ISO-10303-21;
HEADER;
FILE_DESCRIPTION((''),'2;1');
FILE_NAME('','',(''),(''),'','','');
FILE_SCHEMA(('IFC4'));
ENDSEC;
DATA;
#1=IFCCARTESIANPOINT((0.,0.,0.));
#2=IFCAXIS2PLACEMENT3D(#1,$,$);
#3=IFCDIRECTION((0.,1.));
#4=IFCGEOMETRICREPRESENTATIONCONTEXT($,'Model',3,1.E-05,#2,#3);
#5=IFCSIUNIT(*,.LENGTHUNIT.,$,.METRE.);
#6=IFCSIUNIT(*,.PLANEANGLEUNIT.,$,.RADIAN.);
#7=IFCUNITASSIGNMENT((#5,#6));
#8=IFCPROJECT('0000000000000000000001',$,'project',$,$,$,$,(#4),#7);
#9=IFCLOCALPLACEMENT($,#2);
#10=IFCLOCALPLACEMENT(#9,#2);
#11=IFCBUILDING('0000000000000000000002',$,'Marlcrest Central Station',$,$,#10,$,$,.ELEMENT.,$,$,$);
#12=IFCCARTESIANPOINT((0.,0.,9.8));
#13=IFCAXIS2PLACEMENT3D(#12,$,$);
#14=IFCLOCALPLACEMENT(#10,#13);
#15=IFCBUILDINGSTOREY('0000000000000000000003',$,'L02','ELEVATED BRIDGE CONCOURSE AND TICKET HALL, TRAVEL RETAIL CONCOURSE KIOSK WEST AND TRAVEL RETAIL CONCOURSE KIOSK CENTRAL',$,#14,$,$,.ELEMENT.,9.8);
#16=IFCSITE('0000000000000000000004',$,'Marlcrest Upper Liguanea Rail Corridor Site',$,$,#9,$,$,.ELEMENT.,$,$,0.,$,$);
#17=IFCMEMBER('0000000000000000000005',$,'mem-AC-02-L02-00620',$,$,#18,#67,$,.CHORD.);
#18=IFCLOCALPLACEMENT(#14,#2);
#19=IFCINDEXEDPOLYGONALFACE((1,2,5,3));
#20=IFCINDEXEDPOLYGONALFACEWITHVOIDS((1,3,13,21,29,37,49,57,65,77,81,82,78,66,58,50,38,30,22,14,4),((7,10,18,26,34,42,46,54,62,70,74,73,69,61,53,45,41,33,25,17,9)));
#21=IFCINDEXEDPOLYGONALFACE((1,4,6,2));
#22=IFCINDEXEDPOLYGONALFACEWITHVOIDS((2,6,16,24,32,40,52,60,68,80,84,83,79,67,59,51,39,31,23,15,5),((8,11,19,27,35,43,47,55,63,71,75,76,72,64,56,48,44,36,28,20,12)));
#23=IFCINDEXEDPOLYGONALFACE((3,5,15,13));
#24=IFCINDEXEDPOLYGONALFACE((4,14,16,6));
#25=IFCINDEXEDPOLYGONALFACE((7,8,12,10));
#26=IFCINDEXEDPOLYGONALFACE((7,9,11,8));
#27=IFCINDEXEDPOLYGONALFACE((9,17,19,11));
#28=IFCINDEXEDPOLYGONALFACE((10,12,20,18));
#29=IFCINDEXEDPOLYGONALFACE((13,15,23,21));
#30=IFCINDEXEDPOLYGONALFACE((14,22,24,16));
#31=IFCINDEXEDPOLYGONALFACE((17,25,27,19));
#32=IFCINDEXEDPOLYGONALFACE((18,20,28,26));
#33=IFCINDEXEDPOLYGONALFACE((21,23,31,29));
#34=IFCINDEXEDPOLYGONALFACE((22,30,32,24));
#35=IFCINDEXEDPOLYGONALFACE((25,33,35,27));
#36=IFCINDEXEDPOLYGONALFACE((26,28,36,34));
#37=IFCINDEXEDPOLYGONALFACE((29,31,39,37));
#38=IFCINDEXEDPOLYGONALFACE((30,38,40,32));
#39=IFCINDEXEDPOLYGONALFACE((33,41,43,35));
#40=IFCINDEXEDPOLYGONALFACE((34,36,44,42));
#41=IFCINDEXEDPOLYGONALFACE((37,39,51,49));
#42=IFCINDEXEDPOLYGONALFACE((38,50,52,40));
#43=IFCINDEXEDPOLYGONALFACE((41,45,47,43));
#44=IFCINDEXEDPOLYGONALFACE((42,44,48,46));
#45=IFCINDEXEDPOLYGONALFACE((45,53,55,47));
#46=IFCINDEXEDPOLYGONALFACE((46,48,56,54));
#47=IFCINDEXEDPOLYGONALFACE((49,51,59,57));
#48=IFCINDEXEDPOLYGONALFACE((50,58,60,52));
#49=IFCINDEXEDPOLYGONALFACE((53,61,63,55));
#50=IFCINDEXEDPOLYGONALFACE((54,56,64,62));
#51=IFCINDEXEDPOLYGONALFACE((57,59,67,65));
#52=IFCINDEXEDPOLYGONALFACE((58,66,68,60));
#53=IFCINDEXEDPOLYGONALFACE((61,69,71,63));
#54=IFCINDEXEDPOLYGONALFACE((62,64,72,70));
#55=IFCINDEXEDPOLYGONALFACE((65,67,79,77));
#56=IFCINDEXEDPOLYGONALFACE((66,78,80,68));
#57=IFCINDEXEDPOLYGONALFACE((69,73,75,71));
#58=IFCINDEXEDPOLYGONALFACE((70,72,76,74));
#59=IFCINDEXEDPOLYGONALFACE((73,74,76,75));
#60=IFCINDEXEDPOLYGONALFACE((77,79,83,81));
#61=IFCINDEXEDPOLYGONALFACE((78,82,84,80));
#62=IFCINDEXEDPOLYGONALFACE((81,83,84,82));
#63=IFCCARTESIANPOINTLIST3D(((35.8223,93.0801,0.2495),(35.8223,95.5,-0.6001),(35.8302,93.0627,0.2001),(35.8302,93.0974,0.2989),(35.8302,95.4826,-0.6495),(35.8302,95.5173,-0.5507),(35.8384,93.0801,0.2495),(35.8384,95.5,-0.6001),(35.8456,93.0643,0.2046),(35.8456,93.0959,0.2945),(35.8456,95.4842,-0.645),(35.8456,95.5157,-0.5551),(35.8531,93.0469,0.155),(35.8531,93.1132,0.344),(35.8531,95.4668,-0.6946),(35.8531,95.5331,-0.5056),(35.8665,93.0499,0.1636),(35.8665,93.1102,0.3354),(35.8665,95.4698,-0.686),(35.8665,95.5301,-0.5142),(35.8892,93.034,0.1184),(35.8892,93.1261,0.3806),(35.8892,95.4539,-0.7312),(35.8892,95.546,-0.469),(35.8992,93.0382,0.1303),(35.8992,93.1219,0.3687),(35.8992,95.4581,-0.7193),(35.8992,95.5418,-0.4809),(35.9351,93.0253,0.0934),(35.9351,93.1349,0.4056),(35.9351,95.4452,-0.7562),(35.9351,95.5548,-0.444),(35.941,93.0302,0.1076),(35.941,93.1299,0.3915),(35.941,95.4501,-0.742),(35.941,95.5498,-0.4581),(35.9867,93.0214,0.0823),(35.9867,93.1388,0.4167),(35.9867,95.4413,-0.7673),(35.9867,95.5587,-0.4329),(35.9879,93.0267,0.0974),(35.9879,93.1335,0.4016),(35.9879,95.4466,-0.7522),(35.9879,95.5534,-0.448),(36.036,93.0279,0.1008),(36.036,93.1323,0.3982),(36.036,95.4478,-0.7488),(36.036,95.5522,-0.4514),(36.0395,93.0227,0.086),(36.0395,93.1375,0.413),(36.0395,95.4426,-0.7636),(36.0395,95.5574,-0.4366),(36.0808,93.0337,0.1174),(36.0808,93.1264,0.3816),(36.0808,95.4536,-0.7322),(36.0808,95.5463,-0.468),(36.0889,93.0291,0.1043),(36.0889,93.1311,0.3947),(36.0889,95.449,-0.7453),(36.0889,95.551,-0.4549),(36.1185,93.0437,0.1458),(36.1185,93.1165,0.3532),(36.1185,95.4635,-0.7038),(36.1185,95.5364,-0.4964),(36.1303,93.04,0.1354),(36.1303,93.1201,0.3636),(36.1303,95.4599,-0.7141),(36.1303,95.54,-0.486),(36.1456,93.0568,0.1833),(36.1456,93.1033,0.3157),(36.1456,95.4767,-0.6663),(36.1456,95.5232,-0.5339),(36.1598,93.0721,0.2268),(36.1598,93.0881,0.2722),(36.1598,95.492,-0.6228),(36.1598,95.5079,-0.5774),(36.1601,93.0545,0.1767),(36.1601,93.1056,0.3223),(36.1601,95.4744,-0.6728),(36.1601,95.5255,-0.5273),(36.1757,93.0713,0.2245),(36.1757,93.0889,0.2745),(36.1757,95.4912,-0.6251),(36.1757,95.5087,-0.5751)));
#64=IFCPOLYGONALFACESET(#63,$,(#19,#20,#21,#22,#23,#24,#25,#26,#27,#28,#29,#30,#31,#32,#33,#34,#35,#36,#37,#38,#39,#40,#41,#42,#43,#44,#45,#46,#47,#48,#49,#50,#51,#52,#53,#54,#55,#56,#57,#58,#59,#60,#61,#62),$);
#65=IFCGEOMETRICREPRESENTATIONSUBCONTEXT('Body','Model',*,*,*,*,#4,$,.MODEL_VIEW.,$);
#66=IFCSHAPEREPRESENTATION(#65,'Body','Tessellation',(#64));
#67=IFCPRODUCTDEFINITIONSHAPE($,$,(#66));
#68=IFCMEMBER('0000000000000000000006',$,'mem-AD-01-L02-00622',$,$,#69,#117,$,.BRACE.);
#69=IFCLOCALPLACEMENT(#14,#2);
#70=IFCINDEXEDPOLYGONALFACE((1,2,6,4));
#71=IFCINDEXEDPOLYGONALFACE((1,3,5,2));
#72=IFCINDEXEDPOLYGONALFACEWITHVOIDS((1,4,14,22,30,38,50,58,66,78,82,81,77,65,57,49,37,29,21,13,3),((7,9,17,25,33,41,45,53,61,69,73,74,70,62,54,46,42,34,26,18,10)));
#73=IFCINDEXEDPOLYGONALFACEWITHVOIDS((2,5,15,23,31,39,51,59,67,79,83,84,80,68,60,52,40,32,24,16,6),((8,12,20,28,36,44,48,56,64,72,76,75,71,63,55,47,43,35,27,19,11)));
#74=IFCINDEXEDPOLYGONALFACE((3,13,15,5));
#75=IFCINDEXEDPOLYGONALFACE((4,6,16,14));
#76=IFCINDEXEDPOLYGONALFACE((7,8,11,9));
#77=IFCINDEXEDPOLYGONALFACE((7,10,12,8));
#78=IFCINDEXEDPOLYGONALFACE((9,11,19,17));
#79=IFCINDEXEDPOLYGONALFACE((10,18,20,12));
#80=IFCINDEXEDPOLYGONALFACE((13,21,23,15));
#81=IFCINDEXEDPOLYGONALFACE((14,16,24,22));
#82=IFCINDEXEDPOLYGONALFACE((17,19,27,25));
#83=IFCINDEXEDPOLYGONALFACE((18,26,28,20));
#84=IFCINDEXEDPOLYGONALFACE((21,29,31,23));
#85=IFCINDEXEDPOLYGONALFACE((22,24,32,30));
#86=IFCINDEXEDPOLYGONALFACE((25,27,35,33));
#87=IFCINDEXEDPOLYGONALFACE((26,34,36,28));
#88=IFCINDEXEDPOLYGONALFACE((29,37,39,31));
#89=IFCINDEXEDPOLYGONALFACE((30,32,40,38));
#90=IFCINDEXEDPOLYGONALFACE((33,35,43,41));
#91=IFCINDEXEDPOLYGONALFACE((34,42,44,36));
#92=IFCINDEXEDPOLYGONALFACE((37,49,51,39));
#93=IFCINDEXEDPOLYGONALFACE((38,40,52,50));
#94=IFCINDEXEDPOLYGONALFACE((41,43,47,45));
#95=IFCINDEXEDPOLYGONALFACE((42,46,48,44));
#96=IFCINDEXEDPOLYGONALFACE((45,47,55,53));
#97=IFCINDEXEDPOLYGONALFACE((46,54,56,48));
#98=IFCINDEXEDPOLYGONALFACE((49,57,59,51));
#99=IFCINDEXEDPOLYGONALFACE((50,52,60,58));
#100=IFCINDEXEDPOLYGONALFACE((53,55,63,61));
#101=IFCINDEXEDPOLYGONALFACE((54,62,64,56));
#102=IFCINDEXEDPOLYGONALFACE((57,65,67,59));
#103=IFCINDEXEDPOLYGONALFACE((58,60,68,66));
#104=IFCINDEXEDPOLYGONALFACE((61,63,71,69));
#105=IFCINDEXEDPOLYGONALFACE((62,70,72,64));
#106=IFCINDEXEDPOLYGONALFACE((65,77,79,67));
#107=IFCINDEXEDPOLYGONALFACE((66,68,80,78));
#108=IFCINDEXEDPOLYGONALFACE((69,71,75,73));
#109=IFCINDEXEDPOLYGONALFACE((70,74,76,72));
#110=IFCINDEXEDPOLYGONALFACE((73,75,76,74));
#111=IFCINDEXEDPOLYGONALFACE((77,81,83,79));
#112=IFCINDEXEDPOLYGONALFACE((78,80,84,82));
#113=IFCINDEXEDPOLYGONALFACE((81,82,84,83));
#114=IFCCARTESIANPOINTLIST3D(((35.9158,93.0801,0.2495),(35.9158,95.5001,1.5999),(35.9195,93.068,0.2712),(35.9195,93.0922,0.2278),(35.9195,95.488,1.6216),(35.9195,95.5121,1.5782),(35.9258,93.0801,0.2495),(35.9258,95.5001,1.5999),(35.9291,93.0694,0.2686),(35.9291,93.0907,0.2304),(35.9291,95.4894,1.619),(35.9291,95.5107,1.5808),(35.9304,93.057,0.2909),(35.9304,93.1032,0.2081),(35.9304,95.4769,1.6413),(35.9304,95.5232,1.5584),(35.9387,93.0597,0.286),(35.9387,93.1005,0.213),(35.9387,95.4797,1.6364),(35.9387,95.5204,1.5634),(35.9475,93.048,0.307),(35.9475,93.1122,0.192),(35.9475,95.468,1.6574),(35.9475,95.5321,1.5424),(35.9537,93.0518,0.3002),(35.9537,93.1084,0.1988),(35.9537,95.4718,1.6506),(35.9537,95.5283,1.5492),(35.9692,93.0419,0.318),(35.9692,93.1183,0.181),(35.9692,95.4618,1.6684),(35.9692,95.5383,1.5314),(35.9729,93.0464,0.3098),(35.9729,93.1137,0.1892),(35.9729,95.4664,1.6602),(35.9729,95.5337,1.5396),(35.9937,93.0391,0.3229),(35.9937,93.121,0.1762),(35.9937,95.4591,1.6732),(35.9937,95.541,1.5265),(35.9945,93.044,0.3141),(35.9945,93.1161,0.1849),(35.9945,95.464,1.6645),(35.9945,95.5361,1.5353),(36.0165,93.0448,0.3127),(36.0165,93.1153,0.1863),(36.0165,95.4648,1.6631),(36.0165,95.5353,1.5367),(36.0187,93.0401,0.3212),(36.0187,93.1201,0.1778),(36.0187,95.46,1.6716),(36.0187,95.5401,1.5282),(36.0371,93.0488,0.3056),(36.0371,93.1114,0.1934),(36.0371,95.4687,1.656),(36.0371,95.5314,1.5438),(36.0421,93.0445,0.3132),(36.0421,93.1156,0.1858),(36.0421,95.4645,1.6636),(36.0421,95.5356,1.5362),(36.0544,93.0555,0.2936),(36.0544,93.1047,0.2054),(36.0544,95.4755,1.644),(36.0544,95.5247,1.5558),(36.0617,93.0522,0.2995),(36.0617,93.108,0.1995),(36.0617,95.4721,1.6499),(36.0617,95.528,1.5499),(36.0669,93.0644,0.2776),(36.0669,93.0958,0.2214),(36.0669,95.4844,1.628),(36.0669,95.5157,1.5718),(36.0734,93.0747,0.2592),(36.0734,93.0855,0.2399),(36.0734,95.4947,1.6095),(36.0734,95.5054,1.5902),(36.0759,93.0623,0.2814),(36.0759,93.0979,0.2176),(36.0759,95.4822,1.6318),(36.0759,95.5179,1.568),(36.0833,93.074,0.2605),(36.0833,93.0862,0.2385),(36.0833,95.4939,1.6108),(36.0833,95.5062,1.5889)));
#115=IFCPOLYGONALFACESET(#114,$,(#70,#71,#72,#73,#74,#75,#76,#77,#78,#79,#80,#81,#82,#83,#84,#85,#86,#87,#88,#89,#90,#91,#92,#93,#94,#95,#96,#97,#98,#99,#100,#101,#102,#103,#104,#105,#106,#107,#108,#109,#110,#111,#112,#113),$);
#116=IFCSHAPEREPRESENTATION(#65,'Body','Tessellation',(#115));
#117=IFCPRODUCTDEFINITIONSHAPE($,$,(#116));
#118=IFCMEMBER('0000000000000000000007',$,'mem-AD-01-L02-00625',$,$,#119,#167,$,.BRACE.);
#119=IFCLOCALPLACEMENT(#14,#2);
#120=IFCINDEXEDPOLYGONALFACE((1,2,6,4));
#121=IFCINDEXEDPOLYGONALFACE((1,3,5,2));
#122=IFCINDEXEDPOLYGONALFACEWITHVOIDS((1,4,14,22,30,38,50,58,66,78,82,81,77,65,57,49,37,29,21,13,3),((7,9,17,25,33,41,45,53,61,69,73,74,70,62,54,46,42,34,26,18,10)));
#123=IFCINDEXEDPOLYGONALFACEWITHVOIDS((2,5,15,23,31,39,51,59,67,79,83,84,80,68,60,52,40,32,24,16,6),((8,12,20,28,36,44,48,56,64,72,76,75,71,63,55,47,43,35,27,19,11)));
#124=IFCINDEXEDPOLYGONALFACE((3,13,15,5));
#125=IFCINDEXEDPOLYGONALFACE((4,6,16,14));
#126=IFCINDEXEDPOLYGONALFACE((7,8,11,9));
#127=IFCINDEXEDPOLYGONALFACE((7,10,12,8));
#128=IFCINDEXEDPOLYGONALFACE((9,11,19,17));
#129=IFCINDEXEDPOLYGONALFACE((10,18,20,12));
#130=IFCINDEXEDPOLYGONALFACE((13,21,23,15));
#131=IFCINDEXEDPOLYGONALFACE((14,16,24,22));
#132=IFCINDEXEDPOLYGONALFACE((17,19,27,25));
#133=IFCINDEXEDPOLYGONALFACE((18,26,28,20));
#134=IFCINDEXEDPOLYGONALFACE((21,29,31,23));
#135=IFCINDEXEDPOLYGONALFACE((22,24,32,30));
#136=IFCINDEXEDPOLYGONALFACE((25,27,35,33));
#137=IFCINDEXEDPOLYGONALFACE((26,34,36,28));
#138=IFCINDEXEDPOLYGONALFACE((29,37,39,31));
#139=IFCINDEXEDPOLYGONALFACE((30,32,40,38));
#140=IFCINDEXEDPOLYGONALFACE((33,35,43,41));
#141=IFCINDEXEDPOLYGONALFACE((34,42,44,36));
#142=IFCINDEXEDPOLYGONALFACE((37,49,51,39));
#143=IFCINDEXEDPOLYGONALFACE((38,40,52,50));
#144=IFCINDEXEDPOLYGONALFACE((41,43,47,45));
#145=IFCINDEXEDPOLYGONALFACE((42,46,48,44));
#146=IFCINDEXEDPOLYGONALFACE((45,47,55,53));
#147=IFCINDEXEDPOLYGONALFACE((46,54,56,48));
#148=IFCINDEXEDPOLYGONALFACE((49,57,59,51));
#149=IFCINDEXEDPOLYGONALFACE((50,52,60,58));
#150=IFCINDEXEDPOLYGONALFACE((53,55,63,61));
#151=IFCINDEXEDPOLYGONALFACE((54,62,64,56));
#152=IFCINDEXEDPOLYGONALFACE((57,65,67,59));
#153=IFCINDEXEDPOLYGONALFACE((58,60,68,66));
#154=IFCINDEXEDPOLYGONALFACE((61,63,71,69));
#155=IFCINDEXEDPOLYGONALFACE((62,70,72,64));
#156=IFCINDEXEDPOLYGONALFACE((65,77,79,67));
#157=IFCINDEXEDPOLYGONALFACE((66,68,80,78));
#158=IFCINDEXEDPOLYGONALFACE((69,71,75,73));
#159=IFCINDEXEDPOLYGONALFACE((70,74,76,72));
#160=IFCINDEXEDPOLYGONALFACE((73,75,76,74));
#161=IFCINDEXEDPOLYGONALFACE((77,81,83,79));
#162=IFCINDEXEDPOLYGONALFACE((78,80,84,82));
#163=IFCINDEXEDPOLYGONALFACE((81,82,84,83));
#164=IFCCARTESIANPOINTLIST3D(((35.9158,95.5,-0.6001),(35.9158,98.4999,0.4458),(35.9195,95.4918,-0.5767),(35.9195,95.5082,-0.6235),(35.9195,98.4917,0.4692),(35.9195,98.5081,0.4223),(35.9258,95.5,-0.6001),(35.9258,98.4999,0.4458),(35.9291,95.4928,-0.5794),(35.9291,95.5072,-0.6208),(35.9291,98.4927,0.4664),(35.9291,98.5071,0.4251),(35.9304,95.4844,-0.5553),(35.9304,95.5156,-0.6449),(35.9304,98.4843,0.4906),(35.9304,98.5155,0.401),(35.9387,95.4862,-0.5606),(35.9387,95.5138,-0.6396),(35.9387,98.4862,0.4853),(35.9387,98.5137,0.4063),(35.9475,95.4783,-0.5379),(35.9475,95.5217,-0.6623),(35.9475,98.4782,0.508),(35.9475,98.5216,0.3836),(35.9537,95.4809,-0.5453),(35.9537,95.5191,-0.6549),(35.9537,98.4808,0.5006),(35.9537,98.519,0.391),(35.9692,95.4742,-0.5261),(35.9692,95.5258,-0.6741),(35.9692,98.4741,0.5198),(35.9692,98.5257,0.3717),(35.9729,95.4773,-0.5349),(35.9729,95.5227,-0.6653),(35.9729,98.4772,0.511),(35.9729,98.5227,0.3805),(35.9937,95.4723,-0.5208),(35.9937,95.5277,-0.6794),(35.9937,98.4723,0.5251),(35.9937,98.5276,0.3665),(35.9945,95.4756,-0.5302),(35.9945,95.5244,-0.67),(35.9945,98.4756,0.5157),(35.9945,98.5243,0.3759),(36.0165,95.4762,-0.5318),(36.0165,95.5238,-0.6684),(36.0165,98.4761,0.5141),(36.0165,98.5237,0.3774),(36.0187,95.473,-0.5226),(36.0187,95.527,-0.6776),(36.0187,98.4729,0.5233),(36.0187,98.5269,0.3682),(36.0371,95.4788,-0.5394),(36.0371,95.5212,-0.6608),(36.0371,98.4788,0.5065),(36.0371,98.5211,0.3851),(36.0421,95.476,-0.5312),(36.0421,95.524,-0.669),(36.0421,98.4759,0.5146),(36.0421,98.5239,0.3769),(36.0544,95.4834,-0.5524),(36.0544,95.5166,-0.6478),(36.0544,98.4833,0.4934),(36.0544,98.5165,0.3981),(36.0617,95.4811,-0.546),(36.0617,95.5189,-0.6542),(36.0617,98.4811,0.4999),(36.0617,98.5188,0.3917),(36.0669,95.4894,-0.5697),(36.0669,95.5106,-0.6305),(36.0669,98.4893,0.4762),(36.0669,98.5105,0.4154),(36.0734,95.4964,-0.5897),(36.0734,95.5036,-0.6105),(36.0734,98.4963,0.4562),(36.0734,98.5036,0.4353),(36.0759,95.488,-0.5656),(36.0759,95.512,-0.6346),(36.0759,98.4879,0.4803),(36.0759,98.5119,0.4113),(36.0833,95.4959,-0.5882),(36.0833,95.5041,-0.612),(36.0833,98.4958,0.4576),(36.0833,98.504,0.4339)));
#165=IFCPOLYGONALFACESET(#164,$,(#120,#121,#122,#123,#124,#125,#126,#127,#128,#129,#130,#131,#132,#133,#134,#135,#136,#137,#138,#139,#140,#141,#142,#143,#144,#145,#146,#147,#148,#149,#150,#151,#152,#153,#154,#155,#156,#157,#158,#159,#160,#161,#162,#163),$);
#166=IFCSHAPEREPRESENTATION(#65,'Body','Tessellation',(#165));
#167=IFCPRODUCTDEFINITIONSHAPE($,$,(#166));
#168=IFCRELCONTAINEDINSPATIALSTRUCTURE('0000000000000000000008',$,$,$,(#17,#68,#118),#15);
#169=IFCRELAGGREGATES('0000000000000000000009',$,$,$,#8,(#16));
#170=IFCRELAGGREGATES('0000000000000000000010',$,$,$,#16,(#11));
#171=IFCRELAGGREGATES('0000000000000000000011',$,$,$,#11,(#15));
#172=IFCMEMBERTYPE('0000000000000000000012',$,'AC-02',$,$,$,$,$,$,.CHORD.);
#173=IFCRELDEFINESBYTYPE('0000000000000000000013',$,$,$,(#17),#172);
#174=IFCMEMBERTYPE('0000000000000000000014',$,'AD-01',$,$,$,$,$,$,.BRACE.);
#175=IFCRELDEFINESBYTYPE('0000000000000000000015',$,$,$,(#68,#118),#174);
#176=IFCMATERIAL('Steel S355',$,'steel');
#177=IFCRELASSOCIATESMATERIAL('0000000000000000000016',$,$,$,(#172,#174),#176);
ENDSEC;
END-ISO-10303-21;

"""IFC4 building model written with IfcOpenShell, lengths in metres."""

from ifc_helpers import new_model, si_unit, direction, frame, origin, origin_2d, place, context, subcontext, project, spatial, hollow_circle, extrude, material, material_profile, profile_set, type_object, element, save


model = new_model("IFC4")

# Units and contexts
model_context = context("Model", 3, precision=1e-05, world=origin(), true_north=direction((0.0, 1.0)))
body_context = subcontext(model_context, "Body", "Model", "MODEL_VIEW")
ifc_project = project(units=[si_unit("LENGTHUNIT", "METRE"), si_unit("PLANEANGLEUNIT", "RADIAN")], contexts=[model_context])

# Site, building, storey
site_placement = place(None, origin())
site = spatial("IfcSite", under=ifc_project, at=site_placement, Name="Marlcrest Upper Liguanea Rail Corridor Site", CompositionType="ELEMENT", RefElevation=0.0)
building_placement = place(site_placement, origin())
building = spatial("IfcBuilding", under=site, at=building_placement, Name="Marlcrest Central Station", CompositionType="ELEMENT")
storey_placement = place(building_placement, frame((0.0, 0.0, 9.8)))
storey = spatial("IfcBuildingStorey", under=building, at=storey_placement, Name="L02", Description="ELEVATED BRIDGE CONCOURSE AND TICKET HALL, TRAVEL RETAIL CONCOURSE KIOSK WEST AND TRAVEL RETAIL CONCOURSE KIOSK CENTRAL", CompositionType="ELEMENT", Elevation=9.8)

# Shared definitions
ifc_material_1 = material(Name="Steel S355", Category="steel")

# Members
ifc_material_profile_1 = material_profile(ifc_material_1, hollow_circle(Radius=0.1777, WallThickness=0.0161, at=origin_2d()), Name="CHS 355.6x16")
ifc_profile_set_1 = profile_set([ifc_material_profile_1], Name="Steel S355")
member_type_1 = type_object("IfcMemberType", Name="AC-02", PredefinedType="CHORD", material=ifc_profile_set_1)
member_1_placement = place(storey_placement, frame((36.0, 93.0801, 0.2495), z_axis=(0.0, 0.943537, -0.331266), x_axis=(-1.0, 0.0, 0.0)))
element("IfcMember", 1, at=member_1_placement, inside=storey, type_object=member_type_1, Name="mem-AC-02-L02-00620", PredefinedType="CHORD", context=body_context, shape_type="SweptSolid", body=[
    extrude(hollow_circle(Radius=0.1777, WallThickness=0.0161, at=origin_2d()), origin(), (0.0, 0.0, 1.0), 2.5647),
])
ifc_material_profile_2 = material_profile(ifc_material_1, hollow_circle(Radius=0.0842, WallThickness=0.01, at=origin_2d()), Name="CHS 168.3x10")
ifc_profile_set_2 = profile_set([ifc_material_profile_2], Name="Steel S355")
member_type_2 = type_object("IfcMemberType", Name="AD-01", PredefinedType="BRACE", material=ifc_profile_set_2)
member_2_placement = place(storey_placement, frame((36.0, 93.0801, 0.2495), z_axis=(0.0, 0.873246, 0.48728), x_axis=(-1.0, 0.0, 0.0)))
element("IfcMember", 2, at=member_2_placement, inside=storey, type_object=member_type_2, Name="mem-AD-01-L02-00622", PredefinedType="BRACE", context=body_context, shape_type="SweptSolid", body=[
    extrude(hollow_circle(Radius=0.0842, WallThickness=0.01, at=origin_2d()), origin(), (0.0, 0.0, 1.0), 2.7712),
])
member_3_placement = place(storey_placement, frame((36.0, 95.5, -0.6001), z_axis=(0.0, 0.94426, 0.3292), x_axis=(-1.0, 0.0, 0.0)))
element("IfcMember", 3, at=member_3_placement, inside=storey, type_object=member_type_2, Name="mem-AD-01-L02-00625", PredefinedType="BRACE", context=body_context, shape_type="SweptSolid", body=[
    extrude(hollow_circle(Radius=0.0842, WallThickness=0.01, at=origin_2d()), origin(), (0.0, 0.0, 1.0), 3.177),
])

save(model, "model.ifc")
